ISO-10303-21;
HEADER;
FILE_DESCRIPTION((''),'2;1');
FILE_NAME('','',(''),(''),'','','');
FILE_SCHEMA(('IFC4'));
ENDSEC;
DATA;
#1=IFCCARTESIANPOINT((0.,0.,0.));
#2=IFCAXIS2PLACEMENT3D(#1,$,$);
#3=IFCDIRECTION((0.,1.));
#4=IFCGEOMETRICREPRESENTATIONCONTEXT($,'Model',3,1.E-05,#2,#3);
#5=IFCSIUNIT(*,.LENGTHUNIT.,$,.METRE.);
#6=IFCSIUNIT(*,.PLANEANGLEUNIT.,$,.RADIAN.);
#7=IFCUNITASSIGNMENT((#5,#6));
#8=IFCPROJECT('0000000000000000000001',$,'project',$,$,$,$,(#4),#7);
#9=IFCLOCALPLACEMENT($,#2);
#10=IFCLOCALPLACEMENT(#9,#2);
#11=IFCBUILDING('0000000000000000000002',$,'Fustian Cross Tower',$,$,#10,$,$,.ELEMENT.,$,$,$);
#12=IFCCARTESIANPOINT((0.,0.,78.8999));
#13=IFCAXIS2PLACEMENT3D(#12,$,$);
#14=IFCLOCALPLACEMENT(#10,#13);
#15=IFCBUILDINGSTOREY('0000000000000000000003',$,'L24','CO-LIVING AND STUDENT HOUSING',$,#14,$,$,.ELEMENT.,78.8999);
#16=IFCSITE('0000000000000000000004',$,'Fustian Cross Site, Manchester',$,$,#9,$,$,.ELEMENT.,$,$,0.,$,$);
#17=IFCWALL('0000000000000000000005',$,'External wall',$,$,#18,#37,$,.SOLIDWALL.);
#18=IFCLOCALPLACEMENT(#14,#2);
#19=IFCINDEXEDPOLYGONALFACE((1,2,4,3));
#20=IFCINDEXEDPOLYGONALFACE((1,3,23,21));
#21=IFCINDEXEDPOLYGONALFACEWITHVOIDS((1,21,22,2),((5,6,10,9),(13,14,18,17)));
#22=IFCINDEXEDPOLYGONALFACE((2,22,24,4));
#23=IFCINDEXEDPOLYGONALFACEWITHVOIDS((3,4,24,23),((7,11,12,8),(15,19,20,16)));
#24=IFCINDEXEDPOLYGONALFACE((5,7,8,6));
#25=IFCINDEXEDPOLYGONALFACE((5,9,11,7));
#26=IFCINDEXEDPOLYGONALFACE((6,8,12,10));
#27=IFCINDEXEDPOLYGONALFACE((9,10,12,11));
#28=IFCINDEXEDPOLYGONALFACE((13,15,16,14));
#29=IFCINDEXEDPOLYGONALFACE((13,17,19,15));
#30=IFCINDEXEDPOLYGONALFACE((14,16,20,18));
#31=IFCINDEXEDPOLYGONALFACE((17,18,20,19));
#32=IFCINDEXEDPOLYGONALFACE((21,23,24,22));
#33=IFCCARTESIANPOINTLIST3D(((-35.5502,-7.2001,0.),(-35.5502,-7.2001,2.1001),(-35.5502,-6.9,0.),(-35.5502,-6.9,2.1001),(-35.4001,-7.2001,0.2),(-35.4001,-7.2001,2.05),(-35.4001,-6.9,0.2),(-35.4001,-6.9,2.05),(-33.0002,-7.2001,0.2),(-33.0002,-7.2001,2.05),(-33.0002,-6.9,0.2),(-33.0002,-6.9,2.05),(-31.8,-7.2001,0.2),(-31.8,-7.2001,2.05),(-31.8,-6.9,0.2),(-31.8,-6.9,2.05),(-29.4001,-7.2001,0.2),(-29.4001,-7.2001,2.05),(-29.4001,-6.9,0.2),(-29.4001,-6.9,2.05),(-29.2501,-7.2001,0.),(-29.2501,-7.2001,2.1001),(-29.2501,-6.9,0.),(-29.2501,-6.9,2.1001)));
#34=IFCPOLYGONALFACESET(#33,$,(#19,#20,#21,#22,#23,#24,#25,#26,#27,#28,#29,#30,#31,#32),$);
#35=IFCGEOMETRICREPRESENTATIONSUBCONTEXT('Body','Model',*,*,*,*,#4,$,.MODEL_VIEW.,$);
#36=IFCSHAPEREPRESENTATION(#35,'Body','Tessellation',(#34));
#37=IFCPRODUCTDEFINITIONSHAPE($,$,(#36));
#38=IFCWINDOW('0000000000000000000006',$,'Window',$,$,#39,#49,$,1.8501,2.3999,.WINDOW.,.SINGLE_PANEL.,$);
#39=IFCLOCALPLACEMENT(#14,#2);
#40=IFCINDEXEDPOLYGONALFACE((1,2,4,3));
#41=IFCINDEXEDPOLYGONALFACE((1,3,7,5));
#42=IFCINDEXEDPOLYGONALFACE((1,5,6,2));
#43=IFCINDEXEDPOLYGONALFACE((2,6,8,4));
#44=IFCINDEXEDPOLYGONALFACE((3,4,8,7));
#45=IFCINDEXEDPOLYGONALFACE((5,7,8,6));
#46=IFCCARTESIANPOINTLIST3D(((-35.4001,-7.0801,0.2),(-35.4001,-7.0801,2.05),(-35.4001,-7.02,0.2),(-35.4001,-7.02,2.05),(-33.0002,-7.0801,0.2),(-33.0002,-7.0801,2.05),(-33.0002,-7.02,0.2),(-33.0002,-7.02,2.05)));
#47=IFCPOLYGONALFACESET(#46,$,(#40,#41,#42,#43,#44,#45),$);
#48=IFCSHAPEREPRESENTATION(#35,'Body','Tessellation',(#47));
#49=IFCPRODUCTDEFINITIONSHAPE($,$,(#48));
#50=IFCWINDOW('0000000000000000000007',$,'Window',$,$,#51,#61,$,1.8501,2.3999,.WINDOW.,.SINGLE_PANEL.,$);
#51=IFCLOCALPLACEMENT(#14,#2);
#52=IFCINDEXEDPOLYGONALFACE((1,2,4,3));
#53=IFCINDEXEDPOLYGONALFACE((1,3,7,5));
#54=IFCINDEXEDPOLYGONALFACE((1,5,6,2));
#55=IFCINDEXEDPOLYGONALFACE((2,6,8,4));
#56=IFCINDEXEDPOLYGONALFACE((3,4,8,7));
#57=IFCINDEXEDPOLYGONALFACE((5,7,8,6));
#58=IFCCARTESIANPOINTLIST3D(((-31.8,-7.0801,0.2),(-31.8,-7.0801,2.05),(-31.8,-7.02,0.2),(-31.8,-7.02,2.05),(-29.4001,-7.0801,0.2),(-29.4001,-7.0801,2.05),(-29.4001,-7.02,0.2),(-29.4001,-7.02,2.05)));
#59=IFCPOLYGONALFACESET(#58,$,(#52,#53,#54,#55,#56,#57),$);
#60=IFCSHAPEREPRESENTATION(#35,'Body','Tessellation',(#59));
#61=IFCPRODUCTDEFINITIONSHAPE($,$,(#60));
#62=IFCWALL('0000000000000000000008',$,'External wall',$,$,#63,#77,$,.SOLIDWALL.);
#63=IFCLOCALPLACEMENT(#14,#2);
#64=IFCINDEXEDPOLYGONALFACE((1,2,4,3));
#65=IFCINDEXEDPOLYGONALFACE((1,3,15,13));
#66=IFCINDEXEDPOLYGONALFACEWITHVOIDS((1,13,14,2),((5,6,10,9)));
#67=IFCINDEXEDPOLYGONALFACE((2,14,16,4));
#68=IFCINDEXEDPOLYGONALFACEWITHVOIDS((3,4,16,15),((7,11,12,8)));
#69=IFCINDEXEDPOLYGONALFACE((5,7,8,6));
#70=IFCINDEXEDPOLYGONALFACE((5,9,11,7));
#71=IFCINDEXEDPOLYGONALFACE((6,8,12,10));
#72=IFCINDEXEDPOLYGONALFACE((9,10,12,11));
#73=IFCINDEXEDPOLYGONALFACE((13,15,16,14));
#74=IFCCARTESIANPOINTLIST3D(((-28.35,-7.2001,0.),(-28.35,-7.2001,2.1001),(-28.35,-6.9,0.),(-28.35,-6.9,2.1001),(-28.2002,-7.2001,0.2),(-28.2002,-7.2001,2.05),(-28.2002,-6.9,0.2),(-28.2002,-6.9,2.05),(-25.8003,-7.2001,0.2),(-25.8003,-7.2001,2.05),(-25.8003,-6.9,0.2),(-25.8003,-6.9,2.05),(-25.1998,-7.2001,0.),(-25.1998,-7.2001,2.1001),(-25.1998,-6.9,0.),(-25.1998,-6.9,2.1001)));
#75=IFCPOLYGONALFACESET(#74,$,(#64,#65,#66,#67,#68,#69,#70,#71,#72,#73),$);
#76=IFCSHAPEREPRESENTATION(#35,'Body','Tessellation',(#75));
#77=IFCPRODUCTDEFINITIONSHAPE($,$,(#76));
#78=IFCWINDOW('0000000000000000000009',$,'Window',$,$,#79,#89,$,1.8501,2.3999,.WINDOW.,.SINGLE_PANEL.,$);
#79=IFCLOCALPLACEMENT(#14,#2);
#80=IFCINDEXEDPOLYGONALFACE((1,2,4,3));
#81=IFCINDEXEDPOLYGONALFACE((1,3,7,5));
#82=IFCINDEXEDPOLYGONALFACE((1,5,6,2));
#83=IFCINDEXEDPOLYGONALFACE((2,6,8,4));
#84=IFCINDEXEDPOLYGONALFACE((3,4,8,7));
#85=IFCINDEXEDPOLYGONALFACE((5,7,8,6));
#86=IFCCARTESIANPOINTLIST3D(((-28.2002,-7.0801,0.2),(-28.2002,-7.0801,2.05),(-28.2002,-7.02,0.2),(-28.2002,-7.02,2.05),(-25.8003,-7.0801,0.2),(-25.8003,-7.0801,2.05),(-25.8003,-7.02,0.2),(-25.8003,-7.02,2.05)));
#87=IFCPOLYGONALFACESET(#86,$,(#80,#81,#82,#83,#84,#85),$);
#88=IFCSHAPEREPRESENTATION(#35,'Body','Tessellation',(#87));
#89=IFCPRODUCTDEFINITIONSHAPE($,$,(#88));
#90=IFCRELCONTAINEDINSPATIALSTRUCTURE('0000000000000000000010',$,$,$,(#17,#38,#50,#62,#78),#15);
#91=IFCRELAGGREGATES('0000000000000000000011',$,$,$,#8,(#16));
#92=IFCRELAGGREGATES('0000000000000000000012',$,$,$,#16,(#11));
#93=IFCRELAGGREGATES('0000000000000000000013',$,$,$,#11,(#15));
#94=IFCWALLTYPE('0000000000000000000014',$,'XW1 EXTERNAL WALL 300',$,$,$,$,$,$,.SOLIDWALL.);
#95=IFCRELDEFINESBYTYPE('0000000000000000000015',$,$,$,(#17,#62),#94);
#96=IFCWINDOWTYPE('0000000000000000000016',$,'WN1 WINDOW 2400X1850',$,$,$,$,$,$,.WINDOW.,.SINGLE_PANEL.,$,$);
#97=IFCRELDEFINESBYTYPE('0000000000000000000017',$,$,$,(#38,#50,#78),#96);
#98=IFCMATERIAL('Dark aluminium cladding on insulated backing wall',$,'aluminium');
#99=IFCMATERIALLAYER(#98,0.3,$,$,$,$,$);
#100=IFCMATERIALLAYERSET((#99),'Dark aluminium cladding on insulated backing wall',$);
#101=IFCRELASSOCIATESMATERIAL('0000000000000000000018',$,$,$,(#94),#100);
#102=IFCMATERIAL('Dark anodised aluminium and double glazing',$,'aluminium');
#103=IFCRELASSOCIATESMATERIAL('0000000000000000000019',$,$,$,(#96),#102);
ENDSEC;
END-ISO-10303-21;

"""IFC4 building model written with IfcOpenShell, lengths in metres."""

from ifc_helpers import new_model, si_unit, direction, frame, frame_2d, origin, place, context, subcontext, project, spatial, rectangle, extrude, material, layer, layer_set, type_object, element, fill, save


model = new_model("IFC4")

# Units and contexts
model_context = context("Model", 3, precision=1e-05, world=origin(), true_north=direction((0.0, 1.0)))
body_context = subcontext(model_context, "Body", "Model", "MODEL_VIEW")
ifc_project = project(units=[si_unit("LENGTHUNIT", "METRE"), si_unit("PLANEANGLEUNIT", "RADIAN")], contexts=[model_context])

# Site, building, storey
site_placement = place(None, origin())
site = spatial("IfcSite", under=ifc_project, at=site_placement, Name="Fustian Cross Site, Manchester", CompositionType="ELEMENT", RefElevation=0.0)
building_placement = place(site_placement, origin())
building = spatial("IfcBuilding", under=site, at=building_placement, Name="Fustian Cross Tower", CompositionType="ELEMENT")
storey_placement = place(building_placement, frame((0.0, 0.0, 78.8999)))
storey = spatial("IfcBuildingStorey", under=building, at=storey_placement, Name="L24", Description="CO-LIVING AND STUDENT HOUSING", CompositionType="ELEMENT", Elevation=78.8999)

# Shared definitions
ifc_material_1 = material(Name="Dark aluminium cladding on insulated backing wall", Category="aluminium")
ifc_layer_1 = layer(ifc_material_1, 0.3)
ifc_layer_set_1 = layer_set([ifc_layer_1], Name="Dark aluminium cladding on insulated backing wall")
wall_type_1 = type_object("IfcWallType", Name="XW1 EXTERNAL WALL 300", PredefinedType="SOLIDWALL", material=ifc_layer_set_1)

# Wall, openings, windows
wall_1_placement = place(storey_placement, frame((-35.55, -7.05, 0.0), z_axis=(0.0, 0.0, 1.0), x_axis=(1.0, 0.0, 0.0)))
wall_1 = element("IfcWall", 1, at=wall_1_placement, inside=storey, type_object=wall_type_1, Name="External wall", PredefinedType="SOLIDWALL", context=body_context, shape_type="SweptSolid", body=[
    extrude(rectangle(XDim=6.3, YDim=0.3, at=frame_2d((3.1499, 0.0))), origin(), (0.0, 0.0, 1.0), 2.1001),
])
opening_1_placement = place(wall_1_placement, frame((0.1499, 0.0, 0.2)))
opening_1 = element("IfcOpeningElement", 2, at=opening_1_placement, cuts=wall_1, PredefinedType="OPENING", context=body_context, shape_type="SweptSolid", body=[
    extrude(rectangle(XDim=2.3999, YDim=1.8501, at=frame_2d((1.2, 0.925))), frame((0.0, 0.1599, 0.0), z_axis=(0.0, -1.0, 0.0), x_axis=(1.0, 0.0, 0.0)), (0.0, 0.0, 1.0), 0.3201),
])
opening_2_placement = place(wall_1_placement, frame((3.75, 0.0, 0.2)))
opening_2 = element("IfcOpeningElement", 3, at=opening_2_placement, cuts=wall_1, PredefinedType="OPENING", context=body_context, shape_type="SweptSolid", body=[
    extrude(rectangle(XDim=2.3999, YDim=1.8501, at=frame_2d((1.2, 0.925))), frame((0.0, 0.1599, 0.0), z_axis=(0.0, -1.0, 0.0), x_axis=(1.0, 0.0, 0.0)), (0.0, 0.0, 1.0), 0.3201),
])
ifc_material_2 = material(Name="Dark anodised aluminium and double glazing", Category="aluminium")
window_type_1 = type_object("IfcWindowType", Name="WN1 WINDOW 2400X1850", PartitioningType="SINGLE_PANEL", PredefinedType="WINDOW", material=ifc_material_2)
window_1_placement = place(opening_1_placement, origin())
window_1 = element("IfcWindow", 4, at=window_1_placement, inside=storey, type_object=window_type_1, Name="Window", OverallHeight=1.8501, OverallWidth=2.3999, PartitioningType="SINGLE_PANEL", PredefinedType="WINDOW", context=body_context, shape_type="SweptSolid", body=[
    extrude(rectangle(XDim=2.3999, YDim=1.8501, at=frame_2d((1.2, 0.925))), frame((0.0, 0.03, 0.0), z_axis=(0.0, -1.0, 0.0), x_axis=(1.0, 0.0, 0.0)), (0.0, 0.0, 1.0), 0.0601),
])
fill(opening_1, window_1)
window_2_placement = place(opening_2_placement, origin())
window_2 = element("IfcWindow", 5, at=window_2_placement, inside=storey, type_object=window_type_1, Name="Window", OverallHeight=1.8501, OverallWidth=2.3999, PartitioningType="SINGLE_PANEL", PredefinedType="WINDOW", context=body_context, shape_type="SweptSolid", body=[
    extrude(rectangle(XDim=2.3999, YDim=1.8501, at=frame_2d((1.2, 0.925))), frame((0.0, 0.03, 0.0), z_axis=(0.0, -1.0, 0.0), x_axis=(1.0, 0.0, 0.0)), (0.0, 0.0, 1.0), 0.0601),
])
fill(opening_2, window_2)

# Wall, opening, window
wall_2_placement = place(storey_placement, frame((-28.3501, -7.05, 0.0), z_axis=(0.0, 0.0, 1.0), x_axis=(1.0, 0.0, 0.0)))
wall_2 = element("IfcWall", 6, at=wall_2_placement, inside=storey, type_object=wall_type_1, Name="External wall", PredefinedType="SOLIDWALL", context=body_context, shape_type="SweptSolid", body=[
    extrude(rectangle(XDim=3.1501, YDim=0.3, at=frame_2d((1.5752, 0.0))), origin(), (0.0, 0.0, 1.0), 2.1001),
])
opening_3_placement = place(wall_2_placement, frame((0.1499, 0.0, 0.2)))
opening_3 = element("IfcOpeningElement", 7, at=opening_3_placement, cuts=wall_2, PredefinedType="OPENING", context=body_context, shape_type="SweptSolid", body=[
    extrude(rectangle(XDim=2.3999, YDim=1.8501, at=frame_2d((1.2, 0.925))), frame((0.0, 0.1599, 0.0), z_axis=(0.0, -1.0, 0.0), x_axis=(1.0, 0.0, 0.0)), (0.0, 0.0, 1.0), 0.3201),
])
window_3_placement = place(opening_3_placement, origin())
window_3 = element("IfcWindow", 8, at=window_3_placement, inside=storey, type_object=window_type_1, Name="Window", OverallHeight=1.8501, OverallWidth=2.3999, PartitioningType="SINGLE_PANEL", PredefinedType="WINDOW", context=body_context, shape_type="SweptSolid", body=[
    extrude(rectangle(XDim=2.3999, YDim=1.8501, at=frame_2d((1.2, 0.925))), frame((0.0, 0.03, 0.0), z_axis=(0.0, -1.0, 0.0), x_axis=(1.0, 0.0, 0.0)), (0.0, 0.0, 1.0), 0.0601),
])
fill(opening_3, window_3)

save(model, "model.ifc")
